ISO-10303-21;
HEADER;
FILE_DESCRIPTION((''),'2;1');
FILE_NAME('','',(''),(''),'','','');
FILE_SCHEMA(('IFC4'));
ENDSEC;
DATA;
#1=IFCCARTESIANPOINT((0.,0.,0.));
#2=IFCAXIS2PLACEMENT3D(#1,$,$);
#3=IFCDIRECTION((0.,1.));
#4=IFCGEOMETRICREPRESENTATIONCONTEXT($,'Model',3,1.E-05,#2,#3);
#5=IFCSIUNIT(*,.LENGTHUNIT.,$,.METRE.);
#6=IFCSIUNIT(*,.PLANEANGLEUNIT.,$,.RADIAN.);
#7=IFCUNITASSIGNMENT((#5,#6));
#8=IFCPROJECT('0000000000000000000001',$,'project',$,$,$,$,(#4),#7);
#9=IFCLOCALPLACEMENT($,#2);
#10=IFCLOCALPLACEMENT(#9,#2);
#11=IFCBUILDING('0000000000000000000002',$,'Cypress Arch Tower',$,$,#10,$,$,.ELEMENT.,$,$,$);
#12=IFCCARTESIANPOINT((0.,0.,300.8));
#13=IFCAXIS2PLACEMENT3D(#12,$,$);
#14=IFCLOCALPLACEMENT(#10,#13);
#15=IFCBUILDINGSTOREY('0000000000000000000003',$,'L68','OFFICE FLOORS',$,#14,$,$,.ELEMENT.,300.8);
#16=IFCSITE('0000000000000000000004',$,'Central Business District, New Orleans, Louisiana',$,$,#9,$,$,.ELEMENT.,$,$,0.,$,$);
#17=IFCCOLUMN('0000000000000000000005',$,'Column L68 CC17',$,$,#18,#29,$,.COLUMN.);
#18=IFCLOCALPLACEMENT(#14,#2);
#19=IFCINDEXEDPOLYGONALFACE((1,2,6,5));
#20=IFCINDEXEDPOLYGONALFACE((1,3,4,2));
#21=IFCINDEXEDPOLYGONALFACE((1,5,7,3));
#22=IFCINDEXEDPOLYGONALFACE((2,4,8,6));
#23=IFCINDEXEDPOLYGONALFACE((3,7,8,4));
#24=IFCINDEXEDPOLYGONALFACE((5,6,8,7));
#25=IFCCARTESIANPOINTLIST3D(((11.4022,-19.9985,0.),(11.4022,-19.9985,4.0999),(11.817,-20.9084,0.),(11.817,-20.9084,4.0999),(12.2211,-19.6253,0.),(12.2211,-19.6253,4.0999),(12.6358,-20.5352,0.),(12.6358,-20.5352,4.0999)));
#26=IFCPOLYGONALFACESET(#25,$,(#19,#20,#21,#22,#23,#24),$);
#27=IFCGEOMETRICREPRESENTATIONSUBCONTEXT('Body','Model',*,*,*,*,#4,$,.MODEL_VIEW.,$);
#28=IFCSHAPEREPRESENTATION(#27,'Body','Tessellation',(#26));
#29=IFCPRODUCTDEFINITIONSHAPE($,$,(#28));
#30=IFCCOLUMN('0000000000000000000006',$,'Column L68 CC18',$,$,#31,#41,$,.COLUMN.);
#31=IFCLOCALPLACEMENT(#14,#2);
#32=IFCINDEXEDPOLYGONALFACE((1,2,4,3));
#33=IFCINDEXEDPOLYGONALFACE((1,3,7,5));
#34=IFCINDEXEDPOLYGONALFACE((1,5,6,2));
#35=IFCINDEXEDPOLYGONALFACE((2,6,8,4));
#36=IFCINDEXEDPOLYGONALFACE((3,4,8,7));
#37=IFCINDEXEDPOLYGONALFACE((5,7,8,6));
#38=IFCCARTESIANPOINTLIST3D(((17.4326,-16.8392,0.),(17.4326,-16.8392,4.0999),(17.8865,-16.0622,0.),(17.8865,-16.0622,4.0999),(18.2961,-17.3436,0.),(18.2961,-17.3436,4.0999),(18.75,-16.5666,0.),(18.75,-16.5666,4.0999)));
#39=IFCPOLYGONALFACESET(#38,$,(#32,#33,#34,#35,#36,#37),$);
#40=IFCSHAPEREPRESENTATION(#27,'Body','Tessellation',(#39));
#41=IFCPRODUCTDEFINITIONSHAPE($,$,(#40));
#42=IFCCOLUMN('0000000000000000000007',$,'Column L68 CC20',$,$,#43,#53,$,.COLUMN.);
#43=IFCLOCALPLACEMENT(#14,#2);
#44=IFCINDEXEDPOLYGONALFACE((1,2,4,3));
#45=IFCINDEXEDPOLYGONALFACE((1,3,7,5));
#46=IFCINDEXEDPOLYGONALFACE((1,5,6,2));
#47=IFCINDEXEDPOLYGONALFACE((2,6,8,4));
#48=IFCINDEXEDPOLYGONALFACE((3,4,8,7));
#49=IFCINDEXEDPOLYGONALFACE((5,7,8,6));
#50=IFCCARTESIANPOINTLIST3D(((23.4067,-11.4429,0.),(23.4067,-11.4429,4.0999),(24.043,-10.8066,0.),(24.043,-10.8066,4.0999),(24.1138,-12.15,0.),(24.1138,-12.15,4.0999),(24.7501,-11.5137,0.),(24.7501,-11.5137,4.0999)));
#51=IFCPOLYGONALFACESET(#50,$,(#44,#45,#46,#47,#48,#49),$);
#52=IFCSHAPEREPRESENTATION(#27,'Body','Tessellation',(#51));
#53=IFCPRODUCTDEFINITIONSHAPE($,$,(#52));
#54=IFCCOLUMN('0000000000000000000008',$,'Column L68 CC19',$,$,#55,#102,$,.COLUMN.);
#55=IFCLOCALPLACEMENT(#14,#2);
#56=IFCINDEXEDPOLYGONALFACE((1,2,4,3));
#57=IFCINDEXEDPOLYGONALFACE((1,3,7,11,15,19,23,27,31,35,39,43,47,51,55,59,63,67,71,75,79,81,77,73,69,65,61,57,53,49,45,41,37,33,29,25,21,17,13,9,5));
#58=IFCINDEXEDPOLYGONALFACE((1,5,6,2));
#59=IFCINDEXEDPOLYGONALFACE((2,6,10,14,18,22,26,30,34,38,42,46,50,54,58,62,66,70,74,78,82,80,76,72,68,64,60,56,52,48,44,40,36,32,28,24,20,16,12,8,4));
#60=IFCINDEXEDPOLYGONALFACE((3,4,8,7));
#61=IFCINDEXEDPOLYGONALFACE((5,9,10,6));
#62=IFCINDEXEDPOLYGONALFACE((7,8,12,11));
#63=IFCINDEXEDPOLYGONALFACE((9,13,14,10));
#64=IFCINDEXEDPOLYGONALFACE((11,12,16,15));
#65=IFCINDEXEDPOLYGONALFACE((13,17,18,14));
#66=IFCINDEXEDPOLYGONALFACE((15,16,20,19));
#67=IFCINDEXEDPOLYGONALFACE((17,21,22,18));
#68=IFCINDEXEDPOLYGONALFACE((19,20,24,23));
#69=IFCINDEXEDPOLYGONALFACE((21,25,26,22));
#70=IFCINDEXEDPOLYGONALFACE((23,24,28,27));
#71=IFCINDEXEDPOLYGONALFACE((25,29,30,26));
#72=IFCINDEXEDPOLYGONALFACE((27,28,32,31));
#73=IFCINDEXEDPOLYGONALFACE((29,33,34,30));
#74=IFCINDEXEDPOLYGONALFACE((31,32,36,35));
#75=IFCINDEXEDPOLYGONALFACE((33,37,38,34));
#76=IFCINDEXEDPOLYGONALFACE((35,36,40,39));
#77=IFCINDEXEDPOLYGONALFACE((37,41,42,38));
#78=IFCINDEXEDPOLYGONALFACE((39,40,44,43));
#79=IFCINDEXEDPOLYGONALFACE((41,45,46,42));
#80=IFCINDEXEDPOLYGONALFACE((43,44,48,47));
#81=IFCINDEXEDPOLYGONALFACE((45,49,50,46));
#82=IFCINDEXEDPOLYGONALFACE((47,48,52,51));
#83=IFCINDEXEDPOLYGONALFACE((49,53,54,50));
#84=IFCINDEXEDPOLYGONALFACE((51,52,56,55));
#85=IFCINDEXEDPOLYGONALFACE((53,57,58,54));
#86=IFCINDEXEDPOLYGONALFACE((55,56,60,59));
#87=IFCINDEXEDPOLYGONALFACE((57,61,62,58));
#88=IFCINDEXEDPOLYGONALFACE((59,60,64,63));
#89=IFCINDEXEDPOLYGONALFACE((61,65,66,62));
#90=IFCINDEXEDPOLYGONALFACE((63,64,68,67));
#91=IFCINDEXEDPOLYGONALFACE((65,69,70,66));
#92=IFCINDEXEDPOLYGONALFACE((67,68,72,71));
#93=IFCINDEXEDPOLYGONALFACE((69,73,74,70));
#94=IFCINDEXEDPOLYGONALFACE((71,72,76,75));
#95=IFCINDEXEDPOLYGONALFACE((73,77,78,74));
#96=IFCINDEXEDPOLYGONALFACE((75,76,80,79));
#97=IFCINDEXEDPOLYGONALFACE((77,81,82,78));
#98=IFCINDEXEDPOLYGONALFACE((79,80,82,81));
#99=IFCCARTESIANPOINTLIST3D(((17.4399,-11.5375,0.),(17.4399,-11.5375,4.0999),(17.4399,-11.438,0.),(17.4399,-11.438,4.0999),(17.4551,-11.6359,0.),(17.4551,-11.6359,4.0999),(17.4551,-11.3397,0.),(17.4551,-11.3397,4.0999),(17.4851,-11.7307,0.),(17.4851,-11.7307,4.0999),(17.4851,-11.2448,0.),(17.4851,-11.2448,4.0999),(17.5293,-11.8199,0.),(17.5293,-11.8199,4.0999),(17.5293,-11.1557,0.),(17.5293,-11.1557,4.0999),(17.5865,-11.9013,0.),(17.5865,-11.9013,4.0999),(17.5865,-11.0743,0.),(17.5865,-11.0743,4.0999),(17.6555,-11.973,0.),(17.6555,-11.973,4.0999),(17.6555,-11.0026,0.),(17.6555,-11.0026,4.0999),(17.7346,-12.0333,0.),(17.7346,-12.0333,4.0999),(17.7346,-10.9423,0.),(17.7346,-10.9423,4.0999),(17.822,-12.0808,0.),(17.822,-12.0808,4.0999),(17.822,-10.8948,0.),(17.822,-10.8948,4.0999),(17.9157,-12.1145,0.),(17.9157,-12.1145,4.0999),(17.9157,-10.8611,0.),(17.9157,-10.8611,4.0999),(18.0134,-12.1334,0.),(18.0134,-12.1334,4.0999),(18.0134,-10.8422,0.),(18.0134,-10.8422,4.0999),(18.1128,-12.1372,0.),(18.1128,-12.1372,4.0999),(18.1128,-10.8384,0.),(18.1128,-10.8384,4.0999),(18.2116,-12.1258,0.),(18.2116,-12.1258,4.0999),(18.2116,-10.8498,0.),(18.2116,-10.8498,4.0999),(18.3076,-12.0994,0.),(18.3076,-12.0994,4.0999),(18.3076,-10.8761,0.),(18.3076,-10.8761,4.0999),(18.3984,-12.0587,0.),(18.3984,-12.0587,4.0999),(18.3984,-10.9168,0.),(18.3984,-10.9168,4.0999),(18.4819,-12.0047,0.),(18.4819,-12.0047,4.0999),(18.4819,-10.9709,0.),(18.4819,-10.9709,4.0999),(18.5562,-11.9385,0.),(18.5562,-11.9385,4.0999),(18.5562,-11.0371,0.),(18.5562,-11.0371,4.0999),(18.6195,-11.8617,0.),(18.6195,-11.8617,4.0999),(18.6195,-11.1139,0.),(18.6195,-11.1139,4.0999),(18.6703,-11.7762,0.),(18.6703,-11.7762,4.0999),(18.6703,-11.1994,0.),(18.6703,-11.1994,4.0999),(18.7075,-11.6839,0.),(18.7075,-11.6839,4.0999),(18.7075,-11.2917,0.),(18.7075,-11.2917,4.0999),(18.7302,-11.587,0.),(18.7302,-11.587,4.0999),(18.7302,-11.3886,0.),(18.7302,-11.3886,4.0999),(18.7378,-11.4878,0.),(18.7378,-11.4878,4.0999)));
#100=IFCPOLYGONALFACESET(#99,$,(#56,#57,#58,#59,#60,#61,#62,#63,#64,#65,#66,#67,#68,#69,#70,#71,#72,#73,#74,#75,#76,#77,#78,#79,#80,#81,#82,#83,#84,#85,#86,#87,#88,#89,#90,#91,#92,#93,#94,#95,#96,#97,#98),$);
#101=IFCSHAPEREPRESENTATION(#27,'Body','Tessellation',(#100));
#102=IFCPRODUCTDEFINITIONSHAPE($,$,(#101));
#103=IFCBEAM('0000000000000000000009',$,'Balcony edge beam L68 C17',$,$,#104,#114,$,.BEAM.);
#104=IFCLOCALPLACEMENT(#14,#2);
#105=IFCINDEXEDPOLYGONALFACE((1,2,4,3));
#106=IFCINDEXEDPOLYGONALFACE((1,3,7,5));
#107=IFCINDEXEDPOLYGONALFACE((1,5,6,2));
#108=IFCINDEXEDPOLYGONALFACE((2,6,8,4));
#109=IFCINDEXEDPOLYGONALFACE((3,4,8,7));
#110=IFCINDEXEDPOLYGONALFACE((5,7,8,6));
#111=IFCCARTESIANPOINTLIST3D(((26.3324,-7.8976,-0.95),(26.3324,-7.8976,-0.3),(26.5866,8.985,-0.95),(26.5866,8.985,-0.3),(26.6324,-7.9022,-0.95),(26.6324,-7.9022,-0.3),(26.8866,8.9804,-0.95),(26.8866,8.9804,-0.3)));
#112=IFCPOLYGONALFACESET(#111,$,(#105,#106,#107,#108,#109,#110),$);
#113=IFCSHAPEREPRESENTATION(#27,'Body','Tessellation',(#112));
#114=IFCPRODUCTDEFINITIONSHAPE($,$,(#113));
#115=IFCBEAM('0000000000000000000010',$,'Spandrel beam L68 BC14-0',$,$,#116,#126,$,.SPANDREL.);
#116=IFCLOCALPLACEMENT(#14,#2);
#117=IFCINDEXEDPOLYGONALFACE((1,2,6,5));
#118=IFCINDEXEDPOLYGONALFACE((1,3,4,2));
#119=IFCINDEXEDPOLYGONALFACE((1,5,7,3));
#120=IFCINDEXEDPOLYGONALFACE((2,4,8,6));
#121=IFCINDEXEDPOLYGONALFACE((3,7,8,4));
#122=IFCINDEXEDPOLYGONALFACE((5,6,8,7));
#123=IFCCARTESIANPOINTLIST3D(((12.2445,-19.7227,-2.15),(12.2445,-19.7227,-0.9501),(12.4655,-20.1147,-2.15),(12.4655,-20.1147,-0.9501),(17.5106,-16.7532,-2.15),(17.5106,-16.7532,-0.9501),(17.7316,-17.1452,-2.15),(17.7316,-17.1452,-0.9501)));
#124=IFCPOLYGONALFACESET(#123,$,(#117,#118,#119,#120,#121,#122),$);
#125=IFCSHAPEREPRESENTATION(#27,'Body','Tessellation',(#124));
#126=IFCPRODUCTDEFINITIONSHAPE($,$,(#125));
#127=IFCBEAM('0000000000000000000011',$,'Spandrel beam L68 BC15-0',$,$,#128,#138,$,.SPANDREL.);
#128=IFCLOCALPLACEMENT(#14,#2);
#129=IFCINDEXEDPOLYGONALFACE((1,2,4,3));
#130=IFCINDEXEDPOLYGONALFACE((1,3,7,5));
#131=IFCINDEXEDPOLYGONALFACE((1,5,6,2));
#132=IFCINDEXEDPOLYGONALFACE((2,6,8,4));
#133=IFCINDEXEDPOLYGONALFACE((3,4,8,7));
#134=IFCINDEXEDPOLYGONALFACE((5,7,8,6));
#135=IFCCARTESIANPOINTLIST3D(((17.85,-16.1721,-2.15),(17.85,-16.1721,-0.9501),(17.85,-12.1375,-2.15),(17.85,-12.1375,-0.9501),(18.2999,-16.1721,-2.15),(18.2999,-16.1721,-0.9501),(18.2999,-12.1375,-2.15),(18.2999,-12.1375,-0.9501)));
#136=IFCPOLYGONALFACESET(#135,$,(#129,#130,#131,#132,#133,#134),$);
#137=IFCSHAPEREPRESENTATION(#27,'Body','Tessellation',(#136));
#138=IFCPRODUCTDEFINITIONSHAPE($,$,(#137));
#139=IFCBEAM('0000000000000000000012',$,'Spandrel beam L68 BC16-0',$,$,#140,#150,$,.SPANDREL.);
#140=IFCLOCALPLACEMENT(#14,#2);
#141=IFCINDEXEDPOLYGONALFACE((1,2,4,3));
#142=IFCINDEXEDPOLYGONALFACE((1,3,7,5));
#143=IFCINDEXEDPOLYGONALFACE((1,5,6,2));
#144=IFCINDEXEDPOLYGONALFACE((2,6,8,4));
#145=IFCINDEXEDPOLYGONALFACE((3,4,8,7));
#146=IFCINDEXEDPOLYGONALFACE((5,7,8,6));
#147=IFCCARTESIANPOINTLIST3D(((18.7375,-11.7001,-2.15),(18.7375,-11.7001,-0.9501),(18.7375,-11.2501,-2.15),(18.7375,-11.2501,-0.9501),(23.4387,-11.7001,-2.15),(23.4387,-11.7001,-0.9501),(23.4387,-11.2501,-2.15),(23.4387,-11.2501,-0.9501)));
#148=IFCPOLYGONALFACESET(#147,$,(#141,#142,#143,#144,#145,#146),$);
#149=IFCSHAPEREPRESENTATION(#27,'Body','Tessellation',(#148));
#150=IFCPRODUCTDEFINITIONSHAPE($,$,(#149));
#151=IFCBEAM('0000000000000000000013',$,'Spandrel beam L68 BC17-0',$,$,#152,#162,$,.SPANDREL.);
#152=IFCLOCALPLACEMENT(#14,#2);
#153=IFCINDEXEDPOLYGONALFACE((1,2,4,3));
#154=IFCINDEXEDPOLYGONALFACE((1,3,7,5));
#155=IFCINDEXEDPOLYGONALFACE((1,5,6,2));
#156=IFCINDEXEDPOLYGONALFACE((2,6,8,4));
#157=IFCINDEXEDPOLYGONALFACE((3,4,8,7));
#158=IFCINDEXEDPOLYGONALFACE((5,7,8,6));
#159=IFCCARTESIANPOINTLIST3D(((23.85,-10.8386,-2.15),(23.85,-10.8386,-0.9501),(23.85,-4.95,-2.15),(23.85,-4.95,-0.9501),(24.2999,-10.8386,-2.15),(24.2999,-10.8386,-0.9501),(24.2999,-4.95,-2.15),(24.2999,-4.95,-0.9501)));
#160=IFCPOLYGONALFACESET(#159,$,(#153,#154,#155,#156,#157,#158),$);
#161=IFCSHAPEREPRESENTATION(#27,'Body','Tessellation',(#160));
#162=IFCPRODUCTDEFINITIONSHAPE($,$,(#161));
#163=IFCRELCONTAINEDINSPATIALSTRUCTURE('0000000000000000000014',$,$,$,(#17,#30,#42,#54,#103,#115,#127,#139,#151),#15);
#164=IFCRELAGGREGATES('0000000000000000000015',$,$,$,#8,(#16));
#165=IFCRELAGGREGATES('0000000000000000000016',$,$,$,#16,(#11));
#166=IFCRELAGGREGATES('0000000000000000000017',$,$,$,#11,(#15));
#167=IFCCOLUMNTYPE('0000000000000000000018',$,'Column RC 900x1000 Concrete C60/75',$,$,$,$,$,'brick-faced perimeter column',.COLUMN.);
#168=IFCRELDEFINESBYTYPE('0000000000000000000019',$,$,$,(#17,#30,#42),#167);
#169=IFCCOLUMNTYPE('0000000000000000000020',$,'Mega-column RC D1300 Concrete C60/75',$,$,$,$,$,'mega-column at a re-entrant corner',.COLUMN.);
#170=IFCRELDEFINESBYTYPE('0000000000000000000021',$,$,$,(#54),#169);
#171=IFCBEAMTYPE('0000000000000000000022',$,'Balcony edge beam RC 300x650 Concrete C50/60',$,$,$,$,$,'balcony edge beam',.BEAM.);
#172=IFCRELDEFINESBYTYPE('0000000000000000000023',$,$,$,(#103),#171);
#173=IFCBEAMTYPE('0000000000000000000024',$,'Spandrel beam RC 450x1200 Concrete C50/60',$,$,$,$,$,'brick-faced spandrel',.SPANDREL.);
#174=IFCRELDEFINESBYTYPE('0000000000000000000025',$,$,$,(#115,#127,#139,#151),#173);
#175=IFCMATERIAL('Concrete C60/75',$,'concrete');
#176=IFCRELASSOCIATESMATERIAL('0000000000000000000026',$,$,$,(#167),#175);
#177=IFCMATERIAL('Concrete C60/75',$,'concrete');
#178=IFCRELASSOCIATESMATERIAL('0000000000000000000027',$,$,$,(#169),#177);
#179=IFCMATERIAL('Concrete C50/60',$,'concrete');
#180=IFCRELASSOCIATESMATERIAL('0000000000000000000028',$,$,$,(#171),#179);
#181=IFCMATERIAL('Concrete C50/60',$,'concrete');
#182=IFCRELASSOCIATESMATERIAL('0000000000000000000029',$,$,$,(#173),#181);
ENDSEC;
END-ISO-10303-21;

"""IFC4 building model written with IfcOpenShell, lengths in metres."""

from ifc_helpers import new_model, si_unit, direction, frame, origin, origin_2d, place, context, subcontext, project, spatial, rectangle, circle, extrude, material, material_profile, profile_set, type_object, element, save


model = new_model("IFC4")

# Units and contexts
model_context = context("Model", 3, precision=1e-05, world=origin(), true_north=direction((0.0, 1.0)))
body_context = subcontext(model_context, "Body", "Model", "MODEL_VIEW")
ifc_project = project(units=[si_unit("LENGTHUNIT", "METRE"), si_unit("PLANEANGLEUNIT", "RADIAN")], contexts=[model_context])

# Site, building, storey
site_placement = place(None, origin())
site = spatial("IfcSite", under=ifc_project, at=site_placement, Name="Central Business District, New Orleans, Louisiana", CompositionType="ELEMENT", RefElevation=0.0)
building_placement = place(site_placement, origin())
building = spatial("IfcBuilding", under=site, at=building_placement, Name="Cypress Arch Tower", CompositionType="ELEMENT")
storey_placement = place(building_placement, frame((0.0, 0.0, 300.8)))
storey = spatial("IfcBuildingStorey", under=building, at=storey_placement, Name="L68", Description="OFFICE FLOORS", CompositionType="ELEMENT", Elevation=300.8)

# Columns
ifc_material_1 = material(Name="Concrete C60/75", Category="concrete")
ifc_material_profile_1 = material_profile(ifc_material_1, rectangle(XDim=0.8999, YDim=1.0, at=origin_2d()), Name="RC 900x1000")
ifc_profile_set_1 = profile_set([ifc_material_profile_1], Name="Concrete C60/75")
column_type_1 = type_object("IfcColumnType", Name="Column RC 900x1000 Concrete C60/75", ElementType="brick-faced perimeter column", PredefinedType="COLUMN", material=ifc_profile_set_1)
for number, where, z_axis, x_axis, name in (
    (1, (12.019, -20.2668, 0.0), (0.0, 0.0, 1.0), (0.909932, 0.414757, 0.0), "Column L68 CC17"),
    (2, (18.0913, -16.7029, 0.0), (0.0, 0.0, 1.0), (0.504399, 0.863471, 0.0), "Column L68 CC18"),
    (3, (24.0784, -11.4783, 0.0), (0.0, 0.0, 1.0), (0.707107, 0.707107, 0.0), "Column L68 CC20"),
):
    element("IfcColumn", number, at=place(storey_placement, frame(where, z_axis=z_axis, x_axis=x_axis)), inside=storey, type_object=column_type_1, Name=name, PredefinedType="COLUMN", context=body_context, shape_type="SweptSolid", body=[
        extrude(rectangle(XDim=0.8999, YDim=1.0, at=origin_2d()), origin(), (0.0, 0.0, 1.0), 4.0999),
    ])
ifc_material_2 = material(Name="Concrete C60/75", Category="concrete")
ifc_material_profile_2 = material_profile(ifc_material_2, circle(Radius=0.6499, at=origin_2d()), Name="RC D1300")
ifc_profile_set_2 = profile_set([ifc_material_profile_2], Name="Concrete C60/75")
column_type_2 = type_object("IfcColumnType", Name="Mega-column RC D1300 Concrete C60/75", ElementType="mega-column at a re-entrant corner", PredefinedType="COLUMN", material=ifc_profile_set_2)
column_placement = place(storey_placement, frame((18.0879, -11.4878, 0.0), z_axis=(0.0, 0.0, 1.0), x_axis=(1.0, 0.0, 0.0)))
element("IfcColumn", 4, at=column_placement, inside=storey, type_object=column_type_2, Name="Column L68 CC19", PredefinedType="COLUMN", context=body_context, shape_type="SweptSolid", body=[
    extrude(circle(Radius=0.6499, at=origin_2d()), origin(), (0.0, 0.0, 1.0), 4.0999),
])

# Beams
ifc_material_3 = material(Name="Concrete C50/60", Category="concrete")
ifc_material_profile_3 = material_profile(ifc_material_3, rectangle(XDim=0.3, YDim=0.6499, at=origin_2d()), Name="RC 300x650")
ifc_profile_set_3 = profile_set([ifc_material_profile_3], Name="Concrete C50/60")
beam_type_1 = type_object("IfcBeamType", Name="Balcony edge beam RC 300x650 Concrete C50/60", ElementType="balcony edge beam", PredefinedType="BEAM", material=ifc_profile_set_3)
beam_1_placement = place(storey_placement, frame((26.4824, -7.8999, -0.625), z_axis=(0.015052, 0.999887, 0.0), x_axis=(-0.999887, 0.015052, 0.0)))
element("IfcBeam", 5, at=beam_1_placement, inside=storey, type_object=beam_type_1, Name="Balcony edge beam L68 C17", PredefinedType="BEAM", context=body_context, shape_type="SweptSolid", body=[
    extrude(rectangle(XDim=0.3, YDim=0.6499, at=origin_2d()), origin(), (0.0, 0.0, 1.0), 16.8845),
])
ifc_material_4 = material(Name="Concrete C50/60", Category="concrete")
ifc_material_profile_4 = material_profile(ifc_material_4, rectangle(XDim=0.45, YDim=1.2, at=origin_2d()), Name="RC 450x1200")
ifc_profile_set_4 = profile_set([ifc_material_profile_4], Name="Concrete C50/60")
beam_type_2 = type_object("IfcBeamType", Name="Spandrel beam RC 450x1200 Concrete C50/60", ElementType="brick-faced spandrel", PredefinedType="SPANDREL", material=ifc_profile_set_4)
beam_2_placement = place(storey_placement, frame((12.355, -19.9187, -1.55), z_axis=(0.87106, 0.491177, 0.0), x_axis=(-0.491177, 0.87106, 0.0)))
element("IfcBeam", 6, at=beam_2_placement, inside=storey, type_object=beam_type_2, Name="Spandrel beam L68 BC14-0", PredefinedType="SPANDREL", context=body_context, shape_type="SweptSolid", body=[
    extrude(rectangle(XDim=0.45, YDim=1.2, at=origin_2d()), origin(), (0.0, 0.0, 1.0), 6.0457),
])
beam_3_placement = place(storey_placement, frame((18.075, -16.1721, -1.55), z_axis=(0.0, 1.0, 0.0), x_axis=(-1.0, 0.0, 0.0)))
element("IfcBeam", 7, at=beam_3_placement, inside=storey, type_object=beam_type_2, Name="Spandrel beam L68 BC15-0", PredefinedType="SPANDREL", context=body_context, shape_type="SweptSolid", body=[
    extrude(rectangle(XDim=0.45, YDim=1.2, at=origin_2d()), origin(), (0.0, 0.0, 1.0), 4.0347),
])
beam_4_placement = place(storey_placement, frame((18.7375, -11.4751, -1.55), z_axis=(1.0, 0.0, 0.0), x_axis=(0.0, 1.0, 0.0)))
element("IfcBeam", 8, at=beam_4_placement, inside=storey, type_object=beam_type_2, Name="Spandrel beam L68 BC16-0", PredefinedType="SPANDREL", context=body_context, shape_type="SweptSolid", body=[
    extrude(rectangle(XDim=0.45, YDim=1.2, at=origin_2d()), origin(), (0.0, 0.0, 1.0), 4.7012),
])
beam_5_placement = place(storey_placement, frame((24.075, -10.8386, -1.55), z_axis=(0.0, 1.0, 0.0), x_axis=(-1.0, 0.0, 0.0)))
element("IfcBeam", 9, at=beam_5_placement, inside=storey, type_object=beam_type_2, Name="Spandrel beam L68 BC17-0", PredefinedType="SPANDREL", context=body_context, shape_type="SweptSolid", body=[
    extrude(rectangle(XDim=0.45, YDim=1.2, at=origin_2d()), origin(), (0.0, 0.0, 1.0), 5.8887),
])

save(model, "model.ifc")
